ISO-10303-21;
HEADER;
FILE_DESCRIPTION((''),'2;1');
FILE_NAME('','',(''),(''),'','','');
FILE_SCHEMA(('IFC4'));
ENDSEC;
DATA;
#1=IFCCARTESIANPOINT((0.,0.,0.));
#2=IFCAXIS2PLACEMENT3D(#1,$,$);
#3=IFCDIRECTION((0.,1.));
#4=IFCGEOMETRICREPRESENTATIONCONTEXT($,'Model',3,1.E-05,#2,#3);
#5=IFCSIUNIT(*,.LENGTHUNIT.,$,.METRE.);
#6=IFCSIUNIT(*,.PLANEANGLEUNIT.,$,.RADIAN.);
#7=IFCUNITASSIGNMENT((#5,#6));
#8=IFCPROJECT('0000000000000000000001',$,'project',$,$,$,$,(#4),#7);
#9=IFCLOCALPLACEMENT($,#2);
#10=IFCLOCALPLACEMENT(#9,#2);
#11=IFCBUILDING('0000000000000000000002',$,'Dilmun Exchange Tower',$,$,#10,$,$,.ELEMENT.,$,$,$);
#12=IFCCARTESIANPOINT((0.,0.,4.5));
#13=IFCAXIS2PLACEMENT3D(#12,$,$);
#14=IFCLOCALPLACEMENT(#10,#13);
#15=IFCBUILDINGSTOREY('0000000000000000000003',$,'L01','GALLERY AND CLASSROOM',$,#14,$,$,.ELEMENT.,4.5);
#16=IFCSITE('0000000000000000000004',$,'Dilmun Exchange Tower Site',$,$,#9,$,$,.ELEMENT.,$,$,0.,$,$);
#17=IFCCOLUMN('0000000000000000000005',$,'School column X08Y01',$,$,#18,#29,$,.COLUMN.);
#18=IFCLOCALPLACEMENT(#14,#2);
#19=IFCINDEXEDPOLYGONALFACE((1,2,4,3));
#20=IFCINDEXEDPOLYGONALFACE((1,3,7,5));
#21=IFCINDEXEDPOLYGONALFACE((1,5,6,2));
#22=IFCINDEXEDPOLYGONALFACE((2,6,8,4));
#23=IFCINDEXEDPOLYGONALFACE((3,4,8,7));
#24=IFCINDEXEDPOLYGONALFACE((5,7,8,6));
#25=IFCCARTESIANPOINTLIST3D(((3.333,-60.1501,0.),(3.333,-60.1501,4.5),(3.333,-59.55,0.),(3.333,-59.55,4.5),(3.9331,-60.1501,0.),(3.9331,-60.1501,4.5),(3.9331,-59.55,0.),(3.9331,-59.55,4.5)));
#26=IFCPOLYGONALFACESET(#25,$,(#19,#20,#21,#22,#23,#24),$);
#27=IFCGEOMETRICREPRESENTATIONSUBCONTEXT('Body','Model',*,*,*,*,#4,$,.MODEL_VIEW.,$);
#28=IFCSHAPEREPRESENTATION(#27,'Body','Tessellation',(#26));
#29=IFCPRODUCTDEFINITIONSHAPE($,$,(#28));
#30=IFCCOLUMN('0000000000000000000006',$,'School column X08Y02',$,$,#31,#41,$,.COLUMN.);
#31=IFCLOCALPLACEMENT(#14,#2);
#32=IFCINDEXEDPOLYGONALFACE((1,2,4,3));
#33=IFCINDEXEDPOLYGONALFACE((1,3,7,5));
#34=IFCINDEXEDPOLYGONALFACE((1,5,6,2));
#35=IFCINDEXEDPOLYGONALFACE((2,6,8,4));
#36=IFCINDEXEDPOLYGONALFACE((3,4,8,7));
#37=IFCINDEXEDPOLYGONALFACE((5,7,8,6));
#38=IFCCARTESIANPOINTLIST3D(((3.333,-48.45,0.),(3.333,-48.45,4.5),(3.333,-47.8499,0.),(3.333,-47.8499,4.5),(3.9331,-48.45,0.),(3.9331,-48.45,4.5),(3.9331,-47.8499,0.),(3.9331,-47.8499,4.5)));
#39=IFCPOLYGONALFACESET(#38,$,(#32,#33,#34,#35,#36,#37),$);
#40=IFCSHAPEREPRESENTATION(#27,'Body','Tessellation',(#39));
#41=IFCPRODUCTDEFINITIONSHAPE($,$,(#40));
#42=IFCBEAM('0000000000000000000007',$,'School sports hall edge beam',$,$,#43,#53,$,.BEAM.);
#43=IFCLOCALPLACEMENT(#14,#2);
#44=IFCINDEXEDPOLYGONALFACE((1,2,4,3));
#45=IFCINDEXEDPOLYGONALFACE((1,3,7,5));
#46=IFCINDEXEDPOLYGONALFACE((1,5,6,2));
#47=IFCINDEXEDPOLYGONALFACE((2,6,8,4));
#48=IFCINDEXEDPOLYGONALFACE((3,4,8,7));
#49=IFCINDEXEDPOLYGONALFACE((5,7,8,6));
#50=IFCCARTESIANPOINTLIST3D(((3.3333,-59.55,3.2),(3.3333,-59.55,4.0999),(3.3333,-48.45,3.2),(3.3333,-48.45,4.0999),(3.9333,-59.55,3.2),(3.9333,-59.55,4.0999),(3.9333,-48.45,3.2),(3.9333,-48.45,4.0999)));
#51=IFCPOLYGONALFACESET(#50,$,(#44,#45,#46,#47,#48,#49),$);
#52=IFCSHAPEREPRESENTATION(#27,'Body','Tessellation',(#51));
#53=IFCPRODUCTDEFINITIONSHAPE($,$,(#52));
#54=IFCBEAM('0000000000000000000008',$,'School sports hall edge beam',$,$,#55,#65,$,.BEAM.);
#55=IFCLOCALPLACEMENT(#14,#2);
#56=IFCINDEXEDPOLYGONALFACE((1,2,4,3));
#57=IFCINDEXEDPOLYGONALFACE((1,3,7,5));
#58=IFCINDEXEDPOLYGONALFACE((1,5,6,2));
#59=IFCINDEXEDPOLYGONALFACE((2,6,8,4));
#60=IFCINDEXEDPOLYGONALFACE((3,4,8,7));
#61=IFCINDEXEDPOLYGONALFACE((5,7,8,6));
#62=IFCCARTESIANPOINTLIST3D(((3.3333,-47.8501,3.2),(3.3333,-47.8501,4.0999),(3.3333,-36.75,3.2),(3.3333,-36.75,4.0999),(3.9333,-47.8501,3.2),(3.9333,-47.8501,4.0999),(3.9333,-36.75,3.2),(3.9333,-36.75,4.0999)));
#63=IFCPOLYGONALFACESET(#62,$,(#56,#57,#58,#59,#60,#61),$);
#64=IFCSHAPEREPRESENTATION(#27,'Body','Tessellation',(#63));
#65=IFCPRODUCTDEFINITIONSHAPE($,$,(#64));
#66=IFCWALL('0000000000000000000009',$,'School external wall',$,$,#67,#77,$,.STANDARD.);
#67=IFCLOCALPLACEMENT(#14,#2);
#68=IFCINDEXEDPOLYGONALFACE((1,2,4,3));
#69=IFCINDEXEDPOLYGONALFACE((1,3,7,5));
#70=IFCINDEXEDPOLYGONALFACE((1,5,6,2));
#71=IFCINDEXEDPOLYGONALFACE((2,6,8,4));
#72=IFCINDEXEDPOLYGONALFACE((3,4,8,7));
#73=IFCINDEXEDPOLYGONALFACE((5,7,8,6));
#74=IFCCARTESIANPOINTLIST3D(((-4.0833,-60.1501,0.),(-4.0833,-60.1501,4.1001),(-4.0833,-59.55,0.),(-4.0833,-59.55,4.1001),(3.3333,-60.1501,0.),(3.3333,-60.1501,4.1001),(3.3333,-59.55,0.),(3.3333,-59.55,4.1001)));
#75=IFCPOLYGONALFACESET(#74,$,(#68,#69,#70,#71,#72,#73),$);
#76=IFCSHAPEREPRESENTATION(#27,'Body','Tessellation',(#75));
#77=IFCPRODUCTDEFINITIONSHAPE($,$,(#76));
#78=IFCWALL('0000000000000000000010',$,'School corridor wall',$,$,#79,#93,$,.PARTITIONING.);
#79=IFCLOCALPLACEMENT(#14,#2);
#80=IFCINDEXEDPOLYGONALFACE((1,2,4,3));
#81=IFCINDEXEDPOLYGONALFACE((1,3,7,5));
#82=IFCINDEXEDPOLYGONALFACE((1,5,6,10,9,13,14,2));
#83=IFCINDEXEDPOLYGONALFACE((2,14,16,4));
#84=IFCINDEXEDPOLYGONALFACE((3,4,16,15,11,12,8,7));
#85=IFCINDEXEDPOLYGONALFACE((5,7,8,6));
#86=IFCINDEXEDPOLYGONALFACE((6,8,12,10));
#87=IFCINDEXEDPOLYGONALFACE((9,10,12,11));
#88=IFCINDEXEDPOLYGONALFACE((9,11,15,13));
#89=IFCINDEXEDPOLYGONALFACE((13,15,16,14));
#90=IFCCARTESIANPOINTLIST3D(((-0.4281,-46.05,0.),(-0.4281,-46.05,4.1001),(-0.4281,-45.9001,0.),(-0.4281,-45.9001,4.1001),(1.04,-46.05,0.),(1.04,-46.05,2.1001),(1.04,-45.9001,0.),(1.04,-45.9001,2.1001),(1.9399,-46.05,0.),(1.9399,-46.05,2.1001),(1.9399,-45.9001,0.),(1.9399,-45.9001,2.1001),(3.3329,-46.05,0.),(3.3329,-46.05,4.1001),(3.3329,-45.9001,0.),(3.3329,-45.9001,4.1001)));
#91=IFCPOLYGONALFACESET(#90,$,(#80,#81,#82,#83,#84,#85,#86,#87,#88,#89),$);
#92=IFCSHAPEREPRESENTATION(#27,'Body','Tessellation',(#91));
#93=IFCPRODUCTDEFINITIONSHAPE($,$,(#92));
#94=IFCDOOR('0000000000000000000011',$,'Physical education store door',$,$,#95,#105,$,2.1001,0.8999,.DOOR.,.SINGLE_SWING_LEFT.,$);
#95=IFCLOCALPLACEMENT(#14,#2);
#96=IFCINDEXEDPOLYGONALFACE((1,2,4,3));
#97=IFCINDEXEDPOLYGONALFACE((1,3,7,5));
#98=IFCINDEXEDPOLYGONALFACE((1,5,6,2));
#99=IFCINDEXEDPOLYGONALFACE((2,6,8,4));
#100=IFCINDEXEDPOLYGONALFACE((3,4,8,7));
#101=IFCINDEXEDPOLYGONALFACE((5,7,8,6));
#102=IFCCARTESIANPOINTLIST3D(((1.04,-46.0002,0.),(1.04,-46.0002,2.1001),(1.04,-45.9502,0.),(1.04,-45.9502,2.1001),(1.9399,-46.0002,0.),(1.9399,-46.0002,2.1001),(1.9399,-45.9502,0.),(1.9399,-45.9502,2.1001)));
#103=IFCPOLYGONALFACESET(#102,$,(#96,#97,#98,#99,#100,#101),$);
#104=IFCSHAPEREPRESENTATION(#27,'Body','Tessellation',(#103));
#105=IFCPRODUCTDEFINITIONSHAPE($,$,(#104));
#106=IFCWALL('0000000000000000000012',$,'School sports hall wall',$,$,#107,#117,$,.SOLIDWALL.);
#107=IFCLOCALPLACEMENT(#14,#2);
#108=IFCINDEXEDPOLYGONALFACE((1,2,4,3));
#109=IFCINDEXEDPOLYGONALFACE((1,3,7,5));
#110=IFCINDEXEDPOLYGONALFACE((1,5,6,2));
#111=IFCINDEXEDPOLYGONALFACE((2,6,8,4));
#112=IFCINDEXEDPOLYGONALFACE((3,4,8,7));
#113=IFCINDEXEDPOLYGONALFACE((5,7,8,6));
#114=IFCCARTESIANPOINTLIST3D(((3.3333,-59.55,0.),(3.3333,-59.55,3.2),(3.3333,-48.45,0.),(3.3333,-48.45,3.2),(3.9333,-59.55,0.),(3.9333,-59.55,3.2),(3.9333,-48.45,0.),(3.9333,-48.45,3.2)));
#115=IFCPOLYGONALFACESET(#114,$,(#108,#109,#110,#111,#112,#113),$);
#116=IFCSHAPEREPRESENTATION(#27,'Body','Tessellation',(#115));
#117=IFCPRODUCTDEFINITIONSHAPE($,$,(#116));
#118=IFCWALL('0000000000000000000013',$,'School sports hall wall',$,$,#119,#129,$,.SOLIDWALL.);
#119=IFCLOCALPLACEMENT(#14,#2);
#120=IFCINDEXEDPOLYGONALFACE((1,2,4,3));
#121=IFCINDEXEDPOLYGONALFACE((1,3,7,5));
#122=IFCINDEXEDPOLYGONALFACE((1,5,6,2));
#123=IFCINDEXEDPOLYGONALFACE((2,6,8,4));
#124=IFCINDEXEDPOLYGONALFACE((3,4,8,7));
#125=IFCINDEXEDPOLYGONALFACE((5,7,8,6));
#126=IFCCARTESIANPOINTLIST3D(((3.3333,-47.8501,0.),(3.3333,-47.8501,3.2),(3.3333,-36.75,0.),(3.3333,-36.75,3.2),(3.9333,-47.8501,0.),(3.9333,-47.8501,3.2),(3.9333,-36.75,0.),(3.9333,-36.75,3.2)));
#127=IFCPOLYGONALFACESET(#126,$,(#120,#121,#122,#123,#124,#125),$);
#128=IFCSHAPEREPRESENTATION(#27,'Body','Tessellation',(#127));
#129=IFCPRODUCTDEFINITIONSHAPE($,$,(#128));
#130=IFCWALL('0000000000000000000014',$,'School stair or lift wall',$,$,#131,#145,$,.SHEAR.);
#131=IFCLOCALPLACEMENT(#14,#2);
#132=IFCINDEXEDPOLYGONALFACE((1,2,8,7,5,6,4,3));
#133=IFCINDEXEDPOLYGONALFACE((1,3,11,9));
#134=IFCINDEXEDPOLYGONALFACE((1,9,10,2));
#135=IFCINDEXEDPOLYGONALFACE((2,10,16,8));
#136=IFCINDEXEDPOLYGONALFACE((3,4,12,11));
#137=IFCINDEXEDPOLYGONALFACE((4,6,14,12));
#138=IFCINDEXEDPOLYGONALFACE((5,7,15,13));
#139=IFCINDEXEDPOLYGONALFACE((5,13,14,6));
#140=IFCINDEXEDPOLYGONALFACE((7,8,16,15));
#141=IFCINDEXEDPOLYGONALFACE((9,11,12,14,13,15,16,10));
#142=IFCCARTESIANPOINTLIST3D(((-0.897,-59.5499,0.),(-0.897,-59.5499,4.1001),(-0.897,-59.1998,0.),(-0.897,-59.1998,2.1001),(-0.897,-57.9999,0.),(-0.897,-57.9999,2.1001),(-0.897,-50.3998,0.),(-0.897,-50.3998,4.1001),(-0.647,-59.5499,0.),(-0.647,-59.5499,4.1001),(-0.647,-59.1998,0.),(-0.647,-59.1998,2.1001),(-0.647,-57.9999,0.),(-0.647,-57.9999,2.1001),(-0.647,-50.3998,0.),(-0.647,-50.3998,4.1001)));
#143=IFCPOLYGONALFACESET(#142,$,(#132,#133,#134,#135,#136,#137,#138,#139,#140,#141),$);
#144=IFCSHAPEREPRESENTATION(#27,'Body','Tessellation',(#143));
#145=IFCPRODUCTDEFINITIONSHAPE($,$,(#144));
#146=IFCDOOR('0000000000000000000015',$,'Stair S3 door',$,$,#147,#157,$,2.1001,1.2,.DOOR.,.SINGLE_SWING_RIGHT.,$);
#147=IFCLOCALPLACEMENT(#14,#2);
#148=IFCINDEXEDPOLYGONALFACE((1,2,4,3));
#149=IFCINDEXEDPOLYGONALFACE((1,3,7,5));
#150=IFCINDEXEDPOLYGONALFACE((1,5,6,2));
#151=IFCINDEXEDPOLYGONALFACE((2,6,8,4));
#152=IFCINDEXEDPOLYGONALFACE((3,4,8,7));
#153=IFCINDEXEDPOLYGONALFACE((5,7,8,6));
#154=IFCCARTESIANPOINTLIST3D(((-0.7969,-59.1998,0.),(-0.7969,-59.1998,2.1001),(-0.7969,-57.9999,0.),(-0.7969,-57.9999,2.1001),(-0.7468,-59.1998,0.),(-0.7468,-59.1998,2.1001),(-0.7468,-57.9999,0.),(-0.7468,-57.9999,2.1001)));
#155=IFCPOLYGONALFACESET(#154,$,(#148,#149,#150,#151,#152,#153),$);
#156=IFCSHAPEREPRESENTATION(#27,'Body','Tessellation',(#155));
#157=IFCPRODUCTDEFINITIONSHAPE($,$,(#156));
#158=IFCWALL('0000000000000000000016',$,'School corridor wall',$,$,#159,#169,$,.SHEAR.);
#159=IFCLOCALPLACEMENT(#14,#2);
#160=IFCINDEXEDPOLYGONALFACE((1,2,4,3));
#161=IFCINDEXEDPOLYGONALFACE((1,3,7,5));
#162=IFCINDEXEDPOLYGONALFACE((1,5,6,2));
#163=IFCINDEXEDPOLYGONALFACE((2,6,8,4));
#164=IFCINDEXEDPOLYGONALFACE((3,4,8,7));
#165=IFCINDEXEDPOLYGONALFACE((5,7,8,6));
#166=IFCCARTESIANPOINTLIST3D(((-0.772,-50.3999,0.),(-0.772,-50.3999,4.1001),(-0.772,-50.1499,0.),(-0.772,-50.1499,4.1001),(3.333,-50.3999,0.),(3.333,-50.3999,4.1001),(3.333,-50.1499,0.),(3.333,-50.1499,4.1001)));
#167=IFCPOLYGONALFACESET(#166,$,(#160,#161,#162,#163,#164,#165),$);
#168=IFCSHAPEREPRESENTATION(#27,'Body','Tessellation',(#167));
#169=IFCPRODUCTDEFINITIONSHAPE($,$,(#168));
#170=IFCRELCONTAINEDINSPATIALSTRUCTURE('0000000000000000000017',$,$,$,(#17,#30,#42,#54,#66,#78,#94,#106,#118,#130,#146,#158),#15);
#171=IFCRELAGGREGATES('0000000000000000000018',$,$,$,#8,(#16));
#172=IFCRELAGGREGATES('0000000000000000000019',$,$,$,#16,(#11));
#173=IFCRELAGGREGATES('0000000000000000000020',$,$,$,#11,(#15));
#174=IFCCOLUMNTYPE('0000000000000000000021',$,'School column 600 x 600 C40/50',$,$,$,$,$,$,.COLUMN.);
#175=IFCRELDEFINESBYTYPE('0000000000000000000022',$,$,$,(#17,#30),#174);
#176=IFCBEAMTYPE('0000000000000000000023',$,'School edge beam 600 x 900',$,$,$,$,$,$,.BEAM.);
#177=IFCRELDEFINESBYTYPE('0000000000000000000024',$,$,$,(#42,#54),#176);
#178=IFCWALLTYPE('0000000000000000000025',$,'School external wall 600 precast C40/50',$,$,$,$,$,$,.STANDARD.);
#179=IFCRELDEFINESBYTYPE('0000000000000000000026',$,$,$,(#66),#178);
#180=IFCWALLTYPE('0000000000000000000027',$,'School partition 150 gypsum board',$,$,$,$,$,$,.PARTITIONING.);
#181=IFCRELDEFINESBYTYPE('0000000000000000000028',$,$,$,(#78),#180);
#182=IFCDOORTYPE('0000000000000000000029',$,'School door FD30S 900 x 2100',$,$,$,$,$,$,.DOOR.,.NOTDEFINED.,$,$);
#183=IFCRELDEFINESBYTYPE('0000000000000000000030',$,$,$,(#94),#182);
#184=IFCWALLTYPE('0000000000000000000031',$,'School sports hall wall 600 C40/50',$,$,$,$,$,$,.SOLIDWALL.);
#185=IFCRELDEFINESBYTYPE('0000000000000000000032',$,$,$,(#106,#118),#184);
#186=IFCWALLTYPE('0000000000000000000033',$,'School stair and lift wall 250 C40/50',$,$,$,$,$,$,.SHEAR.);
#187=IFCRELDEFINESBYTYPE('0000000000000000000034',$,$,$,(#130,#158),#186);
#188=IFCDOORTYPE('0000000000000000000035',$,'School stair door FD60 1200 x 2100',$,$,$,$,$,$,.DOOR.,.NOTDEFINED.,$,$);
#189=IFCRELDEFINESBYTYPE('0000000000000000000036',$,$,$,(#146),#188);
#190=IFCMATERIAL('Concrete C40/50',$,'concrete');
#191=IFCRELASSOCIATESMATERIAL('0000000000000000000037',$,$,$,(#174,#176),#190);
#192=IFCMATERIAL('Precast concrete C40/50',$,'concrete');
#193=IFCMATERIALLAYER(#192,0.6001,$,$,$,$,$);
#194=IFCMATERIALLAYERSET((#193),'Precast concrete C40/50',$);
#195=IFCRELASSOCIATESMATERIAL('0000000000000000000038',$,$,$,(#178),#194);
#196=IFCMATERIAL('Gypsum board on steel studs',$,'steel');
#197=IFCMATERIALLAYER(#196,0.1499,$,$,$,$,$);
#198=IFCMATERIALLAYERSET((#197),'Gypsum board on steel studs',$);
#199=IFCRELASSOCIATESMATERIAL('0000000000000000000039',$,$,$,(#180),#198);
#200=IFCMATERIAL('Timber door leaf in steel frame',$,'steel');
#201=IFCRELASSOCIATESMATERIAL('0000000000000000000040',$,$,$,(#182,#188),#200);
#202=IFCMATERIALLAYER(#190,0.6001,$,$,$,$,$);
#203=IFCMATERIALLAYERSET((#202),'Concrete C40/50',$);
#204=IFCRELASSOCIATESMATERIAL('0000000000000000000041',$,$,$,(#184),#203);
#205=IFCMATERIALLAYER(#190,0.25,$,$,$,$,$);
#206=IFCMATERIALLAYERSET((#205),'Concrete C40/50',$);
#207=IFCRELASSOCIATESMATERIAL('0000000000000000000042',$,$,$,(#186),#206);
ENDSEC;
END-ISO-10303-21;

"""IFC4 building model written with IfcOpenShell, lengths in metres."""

from ifc_helpers import new_model, si_unit, direction, frame, frame_2d, origin, origin_2d, place, context, subcontext, project, spatial, rectangle, extrude, material, layer, layer_set, material_profile, profile_set, type_object, element, fill, save


model = new_model("IFC4")

# Units and contexts
model_context = context("Model", 3, precision=1e-05, world=origin(), true_north=direction((0.0, 1.0)))
body_context = subcontext(model_context, "Body", "Model", "MODEL_VIEW")
ifc_project = project(units=[si_unit("LENGTHUNIT", "METRE"), si_unit("PLANEANGLEUNIT", "RADIAN")], contexts=[model_context])

# Site, building, storey
site_placement = place(None, origin())
site = spatial("IfcSite", under=ifc_project, at=site_placement, Name="Dilmun Exchange Tower Site", CompositionType="ELEMENT", RefElevation=0.0)
building_placement = place(site_placement, origin())
building = spatial("IfcBuilding", under=site, at=building_placement, Name="Dilmun Exchange Tower", CompositionType="ELEMENT")
storey_placement = place(building_placement, frame((0.0, 0.0, 4.5)))
storey = spatial("IfcBuildingStorey", under=building, at=storey_placement, Name="L01", Description="GALLERY AND CLASSROOM", CompositionType="ELEMENT", Elevation=4.5)

# Columns
ifc_material_1 = material(Name="Concrete C40/50", Category="concrete")
ifc_material_profile_1 = material_profile(ifc_material_1, rectangle(XDim=0.6001, YDim=0.6001, at=origin_2d()), Name="600 x 600")
ifc_profile_set_1 = profile_set([ifc_material_profile_1], Name="Concrete C40/50")
column_type = type_object("IfcColumnType", Name="School column 600 x 600 C40/50", PredefinedType="COLUMN", material=ifc_profile_set_1)
for number, where, z_axis, x_axis, name in (
    (1, (3.6331, -59.8501, 0.0), (0.0, 0.0, 1.0), (1.0, 0.0, 0.0), "School column X08Y01"),
    (2, (3.6331, -48.1499, 0.0), (0.0, 0.0, 1.0), (1.0, 0.0, 0.0), "School column X08Y02"),
):
    element("IfcColumn", number, at=place(storey_placement, frame(where, z_axis=z_axis, x_axis=x_axis)), inside=storey, type_object=column_type, Name=name, PredefinedType="COLUMN", context=body_context, shape_type="SweptSolid", body=[
        extrude(rectangle(XDim=0.6001, YDim=0.6001, at=origin_2d()), origin(), (0.0, 0.0, 1.0), 4.5),
    ])

# Beams
ifc_material_profile_2 = material_profile(ifc_material_1, rectangle(XDim=0.6001, YDim=0.8999, at=origin_2d()), Name="600 x 900")
ifc_profile_set_2 = profile_set([ifc_material_profile_2], Name="Concrete C40/50")
beam_type = type_object("IfcBeamType", Name="School edge beam 600 x 900", PredefinedType="BEAM", material=ifc_profile_set_2)
for number, where, z_axis, x_axis, name in (
    (3, (3.6333, -59.55, 3.6499), (0.0, 1.0, 0.0), (-1.0, 0.0, 0.0), "School sports hall edge beam"),
    (4, (3.6333, -47.8501, 3.6499), (0.0, 1.0, 0.0), (-1.0, 0.0, 0.0), "School sports hall edge beam"),
):
    element("IfcBeam", number, at=place(storey_placement, frame(where, z_axis=z_axis, x_axis=x_axis)), inside=storey, type_object=beam_type, Name=name, PredefinedType="BEAM", context=body_context, shape_type="SweptSolid", body=[
        extrude(rectangle(XDim=0.6001, YDim=0.8999, at=origin_2d()), origin(), (0.0, 0.0, 1.0), 11.1001),
    ])

# Wall
ifc_material_2 = material(Name="Precast concrete C40/50", Category="concrete")
ifc_layer_1 = layer(ifc_material_2, 0.6001)
ifc_layer_set_1 = layer_set([ifc_layer_1], Name="Precast concrete C40/50")
wall_type_1 = type_object("IfcWallType", Name="School external wall 600 precast C40/50", PredefinedType="STANDARD", material=ifc_layer_set_1)
wall_1_placement = place(storey_placement, frame((3.3333, -59.8501, 0.0), z_axis=(0.0, 0.0, 1.0), x_axis=(-1.0, 0.0, 0.0)))
element("IfcWall", 5, at=wall_1_placement, inside=storey, type_object=wall_type_1, Name="School external wall", PredefinedType="STANDARD", context=body_context, shape_type="SweptSolid", body=[
    extrude(rectangle(XDim=7.4165, YDim=0.6001, at=frame_2d((3.7083, 0.0))), origin(), (0.0, 0.0, 1.0), 4.1001),
])

# Wall, opening, door
ifc_material_3 = material(Name="Gypsum board on steel studs", Category="steel")
ifc_layer_2 = layer(ifc_material_3, 0.1499)
ifc_layer_set_2 = layer_set([ifc_layer_2], Name="Gypsum board on steel studs")
wall_type_2 = type_object("IfcWallType", Name="School partition 150 gypsum board", PredefinedType="PARTITIONING", material=ifc_layer_set_2)
wall_2_placement = place(storey_placement, frame((-0.428, -45.9751, 0.0), z_axis=(0.0, 0.0, 1.0), x_axis=(1.0, 0.0, 0.0)))
wall_2 = element("IfcWall", 6, at=wall_2_placement, inside=storey, type_object=wall_type_2, Name="School corridor wall", PredefinedType="PARTITIONING", context=body_context, shape_type="SweptSolid", body=[
    extrude(rectangle(XDim=3.761, YDim=0.1499, at=frame_2d((1.8804, 0.0))), origin(), (0.0, 0.0, 1.0), 4.1001),
])
opening_1_placement = place(wall_2_placement, frame((1.468, 0.0, 0.0)))
opening_1 = element("IfcOpeningElement", 7, at=opening_1_placement, cuts=wall_2, PredefinedType="OPENING", context=body_context, shape_type="SweptSolid", body=[
    extrude(rectangle(XDim=0.8999, YDim=2.1001, at=frame_2d((0.45, 1.05))), frame((0.0, 0.085, 0.0), z_axis=(0.0, -1.0, 0.0), x_axis=(1.0, 0.0, 0.0)), (0.0, 0.0, 1.0), 0.1699),
])
ifc_material_4 = material(Name="Timber door leaf in steel frame", Category="steel")
door_type_1 = type_object("IfcDoorType", Name="School door FD30S 900 x 2100", OperationType="NOTDEFINED", PredefinedType="DOOR", material=ifc_material_4)
door_1_placement = place(opening_1_placement, origin())
door_1 = element("IfcDoor", 8, at=door_1_placement, inside=storey, type_object=door_type_1, Name="Physical education store door", OperationType="SINGLE_SWING_LEFT", OverallHeight=2.1001, OverallWidth=0.8999, PredefinedType="DOOR", context=body_context, shape_type="SweptSolid", body=[
    extrude(rectangle(XDim=0.8999, YDim=2.1001, at=frame_2d((0.45, 1.05))), frame((0.0, 0.0249, 0.0), z_axis=(0.0, -1.0, 0.0), x_axis=(1.0, 0.0, 0.0)), (0.0, 0.0, 1.0), 0.05),
])
fill(opening_1, door_1)

# Walls
ifc_layer_3 = layer(ifc_material_1, 0.6001)
ifc_layer_set_3 = layer_set([ifc_layer_3], Name="Concrete C40/50")
wall_type_3 = type_object("IfcWallType", Name="School sports hall wall 600 C40/50", PredefinedType="SOLIDWALL", material=ifc_layer_set_3)
for number, where, z_axis, x_axis, name in (
    (9, (3.6333, -59.55, 0.0), (0.0, 0.0, 1.0), (0.0, 1.0, 0.0), "School sports hall wall"),
    (10, (3.6333, -47.8501, 0.0), (0.0, 0.0, 1.0), (0.0, 1.0, 0.0), "School sports hall wall"),
):
    element("IfcWall", number, at=place(storey_placement, frame(where, z_axis=z_axis, x_axis=x_axis)), inside=storey, type_object=wall_type_3, Name=name, PredefinedType="SOLIDWALL", context=body_context, shape_type="SweptSolid", body=[
        extrude(rectangle(XDim=11.1001, YDim=0.6001, at=frame_2d((5.55, 0.0))), origin(), (0.0, 0.0, 1.0), 3.2),
    ])

# Wall, opening, door
ifc_layer_4 = layer(ifc_material_1, 0.25)
ifc_layer_set_4 = layer_set([ifc_layer_4], Name="Concrete C40/50")
wall_type_4 = type_object("IfcWallType", Name="School stair and lift wall 250 C40/50", PredefinedType="SHEAR", material=ifc_layer_set_4)
wall_3_placement = place(storey_placement, frame((-0.772, -59.55, 0.0), z_axis=(0.0, 0.0, 1.0), x_axis=(0.0, 1.0, 0.0)))
wall_3 = element("IfcWall", 11, at=wall_3_placement, inside=storey, type_object=wall_type_4, Name="School stair or lift wall", PredefinedType="SHEAR", context=body_context, shape_type="SweptSolid", body=[
    extrude(rectangle(XDim=9.1501, YDim=0.25, at=frame_2d((4.5752, 0.0))), origin(), (0.0, 0.0, 1.0), 4.1001),
])
opening_2_placement = place(wall_3_placement, frame((0.3501, 0.0, 0.0)))
opening_2 = element("IfcOpeningElement", 12, at=opening_2_placement, cuts=wall_3, PredefinedType="OPENING", context=body_context, shape_type="SweptSolid", body=[
    extrude(rectangle(XDim=1.2, YDim=2.1001, at=frame_2d((0.6001, 1.05))), frame((0.0, 0.135, 0.0), z_axis=(0.0, -1.0, 0.0), x_axis=(1.0, 0.0, 0.0)), (0.0, 0.0, 1.0), 0.27),
])
door_type_2 = type_object("IfcDoorType", Name="School stair door FD60 1200 x 2100", OperationType="NOTDEFINED", PredefinedType="DOOR", material=ifc_material_4)
door_2_placement = place(opening_2_placement, origin())
door_2 = element("IfcDoor", 13, at=door_2_placement, inside=storey, type_object=door_type_2, Name="Stair S3 door", OperationType="SINGLE_SWING_RIGHT", OverallHeight=2.1001, OverallWidth=1.2, PredefinedType="DOOR", context=body_context, shape_type="SweptSolid", body=[
    extrude(rectangle(XDim=1.2, YDim=2.1001, at=frame_2d((0.6001, 1.05))), frame((0.0, 0.0249, 0.0), z_axis=(0.0, -1.0, 0.0), x_axis=(1.0, 0.0, 0.0)), (0.0, 0.0, 1.0), 0.05),
])
fill(opening_2, door_2)

# Wall
wall_4_placement = place(storey_placement, frame((-0.772, -50.2749, 0.0), z_axis=(0.0, 0.0, 1.0), x_axis=(1.0, 0.0, 0.0)))
element("IfcWall", 14, at=wall_4_placement, inside=storey, type_object=wall_type_4, Name="School corridor wall", PredefinedType="SHEAR", context=body_context, shape_type="SweptSolid", body=[
    extrude(rectangle(XDim=4.105, YDim=0.25, at=frame_2d((2.0525, 0.0))), origin(), (0.0, 0.0, 1.0), 4.1001),
])

save(model, "model.ifc")
